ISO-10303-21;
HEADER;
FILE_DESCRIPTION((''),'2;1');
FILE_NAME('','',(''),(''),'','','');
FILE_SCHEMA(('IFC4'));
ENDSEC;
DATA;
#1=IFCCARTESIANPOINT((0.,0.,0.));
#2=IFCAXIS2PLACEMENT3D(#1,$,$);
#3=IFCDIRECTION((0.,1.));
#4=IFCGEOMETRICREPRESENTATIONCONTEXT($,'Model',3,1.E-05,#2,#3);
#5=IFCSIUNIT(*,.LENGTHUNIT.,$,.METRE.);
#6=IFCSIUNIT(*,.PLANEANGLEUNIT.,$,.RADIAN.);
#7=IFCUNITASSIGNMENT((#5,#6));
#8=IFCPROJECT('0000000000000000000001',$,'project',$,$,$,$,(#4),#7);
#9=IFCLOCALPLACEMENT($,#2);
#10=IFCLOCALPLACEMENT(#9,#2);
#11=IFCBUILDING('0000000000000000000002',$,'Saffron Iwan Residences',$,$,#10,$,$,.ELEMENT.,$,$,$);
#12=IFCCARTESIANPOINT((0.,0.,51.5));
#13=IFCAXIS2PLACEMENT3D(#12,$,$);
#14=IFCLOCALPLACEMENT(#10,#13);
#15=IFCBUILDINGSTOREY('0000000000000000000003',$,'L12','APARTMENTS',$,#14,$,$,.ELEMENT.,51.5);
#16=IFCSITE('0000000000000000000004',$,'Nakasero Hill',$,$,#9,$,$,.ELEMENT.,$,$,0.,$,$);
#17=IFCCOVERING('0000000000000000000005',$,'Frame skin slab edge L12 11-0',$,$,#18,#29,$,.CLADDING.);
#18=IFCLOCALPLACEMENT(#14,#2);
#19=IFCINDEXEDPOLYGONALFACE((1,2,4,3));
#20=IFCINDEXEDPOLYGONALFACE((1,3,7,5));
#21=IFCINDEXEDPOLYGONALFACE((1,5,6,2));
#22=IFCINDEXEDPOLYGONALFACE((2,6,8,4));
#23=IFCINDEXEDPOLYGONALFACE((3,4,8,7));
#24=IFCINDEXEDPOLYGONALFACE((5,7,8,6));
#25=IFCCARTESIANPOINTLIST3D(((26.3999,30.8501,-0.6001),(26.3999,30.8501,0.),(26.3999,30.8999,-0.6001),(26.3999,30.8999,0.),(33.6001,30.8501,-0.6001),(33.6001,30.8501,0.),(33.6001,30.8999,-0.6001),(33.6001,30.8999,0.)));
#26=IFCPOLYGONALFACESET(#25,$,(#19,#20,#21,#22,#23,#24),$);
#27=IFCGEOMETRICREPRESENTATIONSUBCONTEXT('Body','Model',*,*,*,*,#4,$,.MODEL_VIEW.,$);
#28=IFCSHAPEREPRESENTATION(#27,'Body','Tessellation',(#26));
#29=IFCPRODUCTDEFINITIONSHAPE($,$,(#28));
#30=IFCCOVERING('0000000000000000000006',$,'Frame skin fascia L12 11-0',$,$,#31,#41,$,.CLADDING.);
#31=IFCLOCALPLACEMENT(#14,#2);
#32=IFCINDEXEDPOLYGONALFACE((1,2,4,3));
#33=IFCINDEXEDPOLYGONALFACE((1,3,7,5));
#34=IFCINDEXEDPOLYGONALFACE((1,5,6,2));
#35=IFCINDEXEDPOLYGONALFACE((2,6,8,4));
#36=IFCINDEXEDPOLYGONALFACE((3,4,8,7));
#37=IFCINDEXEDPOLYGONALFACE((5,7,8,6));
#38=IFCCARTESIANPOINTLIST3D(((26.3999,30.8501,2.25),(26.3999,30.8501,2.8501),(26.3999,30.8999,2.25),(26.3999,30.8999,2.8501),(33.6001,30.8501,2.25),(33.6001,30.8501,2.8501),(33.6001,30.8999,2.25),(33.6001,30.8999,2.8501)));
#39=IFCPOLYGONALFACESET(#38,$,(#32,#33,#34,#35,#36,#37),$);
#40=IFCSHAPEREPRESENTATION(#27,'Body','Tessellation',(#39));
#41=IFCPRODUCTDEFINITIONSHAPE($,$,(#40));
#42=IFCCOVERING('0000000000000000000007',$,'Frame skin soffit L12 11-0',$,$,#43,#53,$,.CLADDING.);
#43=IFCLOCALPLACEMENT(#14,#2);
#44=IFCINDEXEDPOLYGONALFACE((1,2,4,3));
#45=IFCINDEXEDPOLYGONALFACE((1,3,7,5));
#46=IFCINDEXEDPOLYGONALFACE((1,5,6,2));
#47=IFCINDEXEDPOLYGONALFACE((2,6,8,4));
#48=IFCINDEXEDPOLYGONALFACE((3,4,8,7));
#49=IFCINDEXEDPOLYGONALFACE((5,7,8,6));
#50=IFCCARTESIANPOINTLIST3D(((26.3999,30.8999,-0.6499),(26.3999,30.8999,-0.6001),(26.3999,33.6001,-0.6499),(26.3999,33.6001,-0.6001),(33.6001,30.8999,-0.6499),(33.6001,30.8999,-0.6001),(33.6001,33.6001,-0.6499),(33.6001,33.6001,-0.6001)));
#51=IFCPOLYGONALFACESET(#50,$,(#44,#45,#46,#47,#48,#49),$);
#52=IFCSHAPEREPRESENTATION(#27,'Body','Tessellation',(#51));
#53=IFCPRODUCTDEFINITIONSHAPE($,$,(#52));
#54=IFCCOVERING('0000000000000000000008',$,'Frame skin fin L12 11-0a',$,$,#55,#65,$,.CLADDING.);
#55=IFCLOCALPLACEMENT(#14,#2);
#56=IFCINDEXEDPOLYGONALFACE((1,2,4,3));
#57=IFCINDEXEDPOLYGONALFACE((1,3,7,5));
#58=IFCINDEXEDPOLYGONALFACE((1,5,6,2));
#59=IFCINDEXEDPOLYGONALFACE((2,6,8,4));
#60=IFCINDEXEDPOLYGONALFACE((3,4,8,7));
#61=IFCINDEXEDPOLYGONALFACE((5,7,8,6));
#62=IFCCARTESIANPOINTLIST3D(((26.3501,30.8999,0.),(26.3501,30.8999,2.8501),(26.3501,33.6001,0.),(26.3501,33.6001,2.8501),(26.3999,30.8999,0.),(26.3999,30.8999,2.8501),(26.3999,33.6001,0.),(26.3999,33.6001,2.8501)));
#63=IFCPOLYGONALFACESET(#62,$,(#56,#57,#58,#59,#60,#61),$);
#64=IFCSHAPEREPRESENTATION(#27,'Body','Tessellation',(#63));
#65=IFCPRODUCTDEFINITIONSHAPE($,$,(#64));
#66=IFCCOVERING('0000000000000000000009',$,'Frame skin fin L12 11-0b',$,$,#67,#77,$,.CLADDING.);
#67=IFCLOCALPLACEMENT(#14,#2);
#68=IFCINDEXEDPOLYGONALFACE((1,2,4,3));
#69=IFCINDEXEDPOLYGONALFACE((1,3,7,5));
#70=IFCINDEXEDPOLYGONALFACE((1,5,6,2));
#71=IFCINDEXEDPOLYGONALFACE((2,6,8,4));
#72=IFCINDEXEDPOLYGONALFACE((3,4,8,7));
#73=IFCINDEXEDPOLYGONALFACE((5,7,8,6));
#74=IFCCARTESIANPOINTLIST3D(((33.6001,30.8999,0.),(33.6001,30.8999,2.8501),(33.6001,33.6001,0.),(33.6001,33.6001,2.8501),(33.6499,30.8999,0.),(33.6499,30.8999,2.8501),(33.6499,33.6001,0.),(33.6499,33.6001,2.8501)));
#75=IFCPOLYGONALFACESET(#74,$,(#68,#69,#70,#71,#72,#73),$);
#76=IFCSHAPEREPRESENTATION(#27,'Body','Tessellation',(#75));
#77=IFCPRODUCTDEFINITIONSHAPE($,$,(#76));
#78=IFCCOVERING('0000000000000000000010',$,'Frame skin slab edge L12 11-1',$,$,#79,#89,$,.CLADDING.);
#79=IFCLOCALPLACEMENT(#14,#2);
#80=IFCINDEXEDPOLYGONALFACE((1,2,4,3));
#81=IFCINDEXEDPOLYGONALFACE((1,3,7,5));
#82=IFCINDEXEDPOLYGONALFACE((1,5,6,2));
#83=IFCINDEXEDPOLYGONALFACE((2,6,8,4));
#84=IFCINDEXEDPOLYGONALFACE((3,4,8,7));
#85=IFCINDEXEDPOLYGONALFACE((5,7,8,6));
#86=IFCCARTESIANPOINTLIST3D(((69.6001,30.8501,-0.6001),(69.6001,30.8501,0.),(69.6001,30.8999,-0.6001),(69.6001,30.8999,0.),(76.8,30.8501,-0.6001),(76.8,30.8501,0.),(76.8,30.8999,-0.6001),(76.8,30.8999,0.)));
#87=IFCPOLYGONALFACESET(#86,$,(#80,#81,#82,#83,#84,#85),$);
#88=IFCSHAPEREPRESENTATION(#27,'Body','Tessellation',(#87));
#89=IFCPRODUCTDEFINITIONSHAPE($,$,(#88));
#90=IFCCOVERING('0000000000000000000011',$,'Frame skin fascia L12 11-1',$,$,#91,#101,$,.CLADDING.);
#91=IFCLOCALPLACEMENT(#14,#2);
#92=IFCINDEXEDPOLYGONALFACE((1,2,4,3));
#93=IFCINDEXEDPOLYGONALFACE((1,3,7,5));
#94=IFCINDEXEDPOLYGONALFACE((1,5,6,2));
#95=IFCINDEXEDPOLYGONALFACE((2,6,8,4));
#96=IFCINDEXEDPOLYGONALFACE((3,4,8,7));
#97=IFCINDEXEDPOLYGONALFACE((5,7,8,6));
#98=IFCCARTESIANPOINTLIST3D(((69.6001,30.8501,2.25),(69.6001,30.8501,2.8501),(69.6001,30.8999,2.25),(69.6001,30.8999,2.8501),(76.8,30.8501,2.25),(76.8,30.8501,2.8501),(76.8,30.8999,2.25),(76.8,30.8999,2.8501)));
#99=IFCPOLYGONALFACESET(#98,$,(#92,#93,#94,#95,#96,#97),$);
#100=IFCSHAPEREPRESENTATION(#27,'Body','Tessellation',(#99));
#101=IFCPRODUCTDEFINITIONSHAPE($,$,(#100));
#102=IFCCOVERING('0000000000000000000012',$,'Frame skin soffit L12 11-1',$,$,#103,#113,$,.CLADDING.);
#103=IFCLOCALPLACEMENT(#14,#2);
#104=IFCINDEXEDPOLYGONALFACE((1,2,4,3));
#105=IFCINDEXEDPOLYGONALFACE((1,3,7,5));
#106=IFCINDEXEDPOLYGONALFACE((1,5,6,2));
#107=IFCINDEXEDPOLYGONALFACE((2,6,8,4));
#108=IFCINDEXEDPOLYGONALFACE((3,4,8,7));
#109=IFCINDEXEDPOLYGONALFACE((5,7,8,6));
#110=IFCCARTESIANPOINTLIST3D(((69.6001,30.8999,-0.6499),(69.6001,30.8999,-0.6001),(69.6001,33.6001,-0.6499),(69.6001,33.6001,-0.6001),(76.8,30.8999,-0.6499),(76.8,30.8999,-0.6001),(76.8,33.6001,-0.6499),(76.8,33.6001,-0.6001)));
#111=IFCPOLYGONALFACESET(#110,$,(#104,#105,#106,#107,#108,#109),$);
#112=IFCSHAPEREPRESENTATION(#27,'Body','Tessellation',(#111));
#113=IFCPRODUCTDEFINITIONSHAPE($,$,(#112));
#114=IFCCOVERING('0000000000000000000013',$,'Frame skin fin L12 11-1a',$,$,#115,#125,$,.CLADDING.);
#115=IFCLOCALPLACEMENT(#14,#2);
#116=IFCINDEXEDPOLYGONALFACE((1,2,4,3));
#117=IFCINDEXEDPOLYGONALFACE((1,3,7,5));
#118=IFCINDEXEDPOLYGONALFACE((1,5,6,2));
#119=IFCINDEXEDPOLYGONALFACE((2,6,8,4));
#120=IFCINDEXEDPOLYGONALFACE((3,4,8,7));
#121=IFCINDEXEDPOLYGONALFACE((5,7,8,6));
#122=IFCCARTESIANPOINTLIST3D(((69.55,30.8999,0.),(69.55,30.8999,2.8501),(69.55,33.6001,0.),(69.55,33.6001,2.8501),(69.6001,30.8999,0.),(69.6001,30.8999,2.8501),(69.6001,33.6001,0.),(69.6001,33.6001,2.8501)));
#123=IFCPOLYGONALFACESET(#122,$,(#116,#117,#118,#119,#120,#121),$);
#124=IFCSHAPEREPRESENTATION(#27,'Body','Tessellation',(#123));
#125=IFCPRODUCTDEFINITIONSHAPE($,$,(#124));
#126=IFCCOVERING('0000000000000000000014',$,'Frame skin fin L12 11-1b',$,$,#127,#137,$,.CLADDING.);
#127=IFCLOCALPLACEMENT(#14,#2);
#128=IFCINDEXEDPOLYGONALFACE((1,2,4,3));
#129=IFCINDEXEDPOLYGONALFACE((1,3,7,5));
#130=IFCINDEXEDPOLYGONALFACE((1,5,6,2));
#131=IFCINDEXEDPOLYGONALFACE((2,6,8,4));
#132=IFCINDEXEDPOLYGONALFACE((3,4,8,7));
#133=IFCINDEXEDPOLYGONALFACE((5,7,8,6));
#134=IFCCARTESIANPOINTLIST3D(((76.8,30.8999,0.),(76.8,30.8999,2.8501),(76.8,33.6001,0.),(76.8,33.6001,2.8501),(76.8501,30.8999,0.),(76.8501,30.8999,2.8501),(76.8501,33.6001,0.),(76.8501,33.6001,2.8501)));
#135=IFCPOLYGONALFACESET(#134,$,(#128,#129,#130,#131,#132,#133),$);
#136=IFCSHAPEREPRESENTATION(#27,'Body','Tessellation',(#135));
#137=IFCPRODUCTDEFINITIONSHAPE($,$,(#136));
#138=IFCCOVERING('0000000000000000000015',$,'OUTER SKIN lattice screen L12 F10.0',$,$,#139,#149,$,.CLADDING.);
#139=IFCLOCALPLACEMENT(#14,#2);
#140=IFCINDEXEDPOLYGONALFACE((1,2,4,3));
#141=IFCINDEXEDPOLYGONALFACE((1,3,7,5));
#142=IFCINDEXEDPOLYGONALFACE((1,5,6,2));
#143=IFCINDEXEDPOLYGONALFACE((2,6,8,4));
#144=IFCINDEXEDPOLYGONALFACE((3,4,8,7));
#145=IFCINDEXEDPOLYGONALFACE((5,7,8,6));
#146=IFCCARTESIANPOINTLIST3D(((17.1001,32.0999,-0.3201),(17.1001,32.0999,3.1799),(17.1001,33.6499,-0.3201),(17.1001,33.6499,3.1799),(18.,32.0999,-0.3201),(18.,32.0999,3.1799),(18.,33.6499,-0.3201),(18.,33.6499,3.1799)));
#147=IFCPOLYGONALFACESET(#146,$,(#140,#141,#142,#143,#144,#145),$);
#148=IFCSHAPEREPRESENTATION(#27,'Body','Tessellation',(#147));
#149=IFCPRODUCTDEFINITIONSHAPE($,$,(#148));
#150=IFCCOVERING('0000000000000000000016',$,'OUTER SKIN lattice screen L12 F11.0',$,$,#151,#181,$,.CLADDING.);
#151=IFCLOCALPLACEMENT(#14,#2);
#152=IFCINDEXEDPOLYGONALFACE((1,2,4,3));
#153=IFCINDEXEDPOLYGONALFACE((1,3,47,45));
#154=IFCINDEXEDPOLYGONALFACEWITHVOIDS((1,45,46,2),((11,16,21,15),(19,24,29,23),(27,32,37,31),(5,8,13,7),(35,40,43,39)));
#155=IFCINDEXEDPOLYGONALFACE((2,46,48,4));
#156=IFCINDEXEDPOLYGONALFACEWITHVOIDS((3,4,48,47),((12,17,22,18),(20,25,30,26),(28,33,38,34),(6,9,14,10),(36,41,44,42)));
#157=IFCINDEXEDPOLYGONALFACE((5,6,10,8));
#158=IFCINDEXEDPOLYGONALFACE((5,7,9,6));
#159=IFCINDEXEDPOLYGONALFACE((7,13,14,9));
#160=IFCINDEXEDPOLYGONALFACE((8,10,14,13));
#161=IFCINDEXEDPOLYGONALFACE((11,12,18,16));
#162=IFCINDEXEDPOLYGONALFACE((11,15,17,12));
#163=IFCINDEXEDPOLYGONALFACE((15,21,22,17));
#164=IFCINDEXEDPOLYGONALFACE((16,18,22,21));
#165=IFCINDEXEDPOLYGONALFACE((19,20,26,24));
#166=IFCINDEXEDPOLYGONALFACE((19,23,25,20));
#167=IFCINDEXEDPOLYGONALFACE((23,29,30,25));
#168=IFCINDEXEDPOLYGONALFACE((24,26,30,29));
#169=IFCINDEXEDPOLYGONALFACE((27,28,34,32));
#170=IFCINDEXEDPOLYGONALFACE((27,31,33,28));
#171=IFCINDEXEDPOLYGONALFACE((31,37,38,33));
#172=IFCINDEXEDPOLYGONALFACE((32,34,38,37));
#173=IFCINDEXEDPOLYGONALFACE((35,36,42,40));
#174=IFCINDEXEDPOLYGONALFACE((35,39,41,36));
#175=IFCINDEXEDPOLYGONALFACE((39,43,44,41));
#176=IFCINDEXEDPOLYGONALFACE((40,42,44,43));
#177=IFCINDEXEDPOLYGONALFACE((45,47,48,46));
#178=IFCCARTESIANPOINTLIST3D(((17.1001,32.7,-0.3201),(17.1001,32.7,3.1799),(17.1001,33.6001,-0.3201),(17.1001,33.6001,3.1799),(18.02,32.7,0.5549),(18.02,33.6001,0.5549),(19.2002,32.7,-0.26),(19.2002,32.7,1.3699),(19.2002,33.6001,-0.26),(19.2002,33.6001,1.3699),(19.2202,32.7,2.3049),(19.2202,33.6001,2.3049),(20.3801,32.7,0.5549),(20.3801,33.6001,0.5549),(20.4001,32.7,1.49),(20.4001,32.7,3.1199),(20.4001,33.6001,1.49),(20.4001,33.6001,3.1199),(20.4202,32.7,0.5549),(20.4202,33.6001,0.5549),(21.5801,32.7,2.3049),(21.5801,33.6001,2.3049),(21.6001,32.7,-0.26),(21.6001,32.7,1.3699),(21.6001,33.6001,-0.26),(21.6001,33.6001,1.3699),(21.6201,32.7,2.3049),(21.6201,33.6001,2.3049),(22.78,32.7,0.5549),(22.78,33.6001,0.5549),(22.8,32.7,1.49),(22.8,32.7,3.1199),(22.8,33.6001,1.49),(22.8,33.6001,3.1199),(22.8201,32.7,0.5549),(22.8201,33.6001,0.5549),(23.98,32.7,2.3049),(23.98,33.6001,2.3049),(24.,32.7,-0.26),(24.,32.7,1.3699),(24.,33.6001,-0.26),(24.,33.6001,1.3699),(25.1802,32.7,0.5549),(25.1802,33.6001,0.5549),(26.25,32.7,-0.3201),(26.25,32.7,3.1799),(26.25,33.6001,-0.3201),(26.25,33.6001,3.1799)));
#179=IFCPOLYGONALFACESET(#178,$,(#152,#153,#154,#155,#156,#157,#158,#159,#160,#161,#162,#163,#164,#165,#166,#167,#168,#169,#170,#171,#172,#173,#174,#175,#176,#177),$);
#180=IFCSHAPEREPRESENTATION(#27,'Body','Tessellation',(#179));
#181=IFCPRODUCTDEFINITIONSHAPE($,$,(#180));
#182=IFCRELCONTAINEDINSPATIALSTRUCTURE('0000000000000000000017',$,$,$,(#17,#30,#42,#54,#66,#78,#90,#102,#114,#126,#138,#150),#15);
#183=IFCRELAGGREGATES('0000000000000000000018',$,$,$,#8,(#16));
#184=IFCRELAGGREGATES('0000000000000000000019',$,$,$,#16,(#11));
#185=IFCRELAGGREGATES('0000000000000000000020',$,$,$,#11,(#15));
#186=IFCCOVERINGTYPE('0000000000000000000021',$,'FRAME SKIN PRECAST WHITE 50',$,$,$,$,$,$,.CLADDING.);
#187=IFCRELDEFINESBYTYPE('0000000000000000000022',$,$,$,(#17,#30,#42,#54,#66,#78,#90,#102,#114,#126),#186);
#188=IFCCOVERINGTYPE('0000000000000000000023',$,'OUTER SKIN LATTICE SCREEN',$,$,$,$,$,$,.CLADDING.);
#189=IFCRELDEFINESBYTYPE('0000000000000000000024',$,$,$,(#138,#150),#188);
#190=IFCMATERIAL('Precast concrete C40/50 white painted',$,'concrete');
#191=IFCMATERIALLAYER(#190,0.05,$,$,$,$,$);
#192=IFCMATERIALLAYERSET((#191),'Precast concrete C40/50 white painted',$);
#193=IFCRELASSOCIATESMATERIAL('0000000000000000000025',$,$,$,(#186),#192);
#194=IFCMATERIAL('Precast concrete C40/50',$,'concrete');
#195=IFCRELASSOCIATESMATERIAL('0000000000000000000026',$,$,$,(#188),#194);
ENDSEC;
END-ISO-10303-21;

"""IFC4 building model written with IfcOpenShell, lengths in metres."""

from ifc_helpers import new_model, si_unit, direction, frame, origin, place, context, subcontext, project, spatial, polyline, outline, extrude, material, layer, layer_set, type_object, element, save


model = new_model("IFC4")

# Units and contexts
model_context = context("Model", 3, precision=1e-05, world=origin(), true_north=direction((0.0, 1.0)))
body_context = subcontext(model_context, "Body", "Model", "MODEL_VIEW")
ifc_project = project(units=[si_unit("LENGTHUNIT", "METRE"), si_unit("PLANEANGLEUNIT", "RADIAN")], contexts=[model_context])

# Site, building, storey
site_placement = place(None, origin())
site = spatial("IfcSite", under=ifc_project, at=site_placement, Name="Nakasero Hill", CompositionType="ELEMENT", RefElevation=0.0)
building_placement = place(site_placement, origin())
building = spatial("IfcBuilding", under=site, at=building_placement, Name="Saffron Iwan Residences", CompositionType="ELEMENT")
storey_placement = place(building_placement, frame((0.0, 0.0, 51.5)))
storey = spatial("IfcBuildingStorey", under=building, at=storey_placement, Name="L12", Description="APARTMENTS", CompositionType="ELEMENT", Elevation=51.5)

# Coverings
ifc_material_1 = material(Name="Precast concrete C40/50 white painted", Category="concrete")
ifc_layer_1 = layer(ifc_material_1, 0.05)
ifc_layer_set_1 = layer_set([ifc_layer_1], Name="Precast concrete C40/50 white painted")
covering_type_1 = type_object("IfcCoveringType", Name="FRAME SKIN PRECAST WHITE 50", PredefinedType="CLADDING", material=ifc_layer_set_1)
for number, where, name in (
    (1, (0.0, 0.0, -0.6001), "Frame skin slab edge L12 11-0"),
    (2, (0.0, 0.0, 2.25), "Frame skin fascia L12 11-0"),
):
    element("IfcCovering", number, at=place(storey_placement, frame(where)), inside=storey, type_object=covering_type_1, Name=name, PredefinedType="CLADDING", context=body_context, shape_type="SweptSolid", body=[
        extrude(outline(polyline([(26.3999, 30.8501), (33.6001, 30.8501), (33.6001, 30.8999), (26.3999, 30.8999), (26.3999, 30.8501)])), origin(), (0.0, 0.0, 1.0), 0.6001),
    ])
covering_1_placement = place(storey_placement, frame((0.0, 0.0, -0.6499)))
element("IfcCovering", 3, at=covering_1_placement, inside=storey, type_object=covering_type_1, Name="Frame skin soffit L12 11-0", PredefinedType="CLADDING", context=body_context, shape_type="SweptSolid", body=[
    extrude(outline(polyline([(26.3999, 30.8999), (33.6001, 30.8999), (33.6001, 33.6001), (26.3999, 33.6001), (26.3999, 30.8999)])), origin(), (0.0, 0.0, 1.0), 0.0498),
])
covering_2_placement = place(storey_placement, origin())
element("IfcCovering", 4, at=covering_2_placement, inside=storey, type_object=covering_type_1, Name="Frame skin fin L12 11-0a", PredefinedType="CLADDING", context=body_context, shape_type="SweptSolid", body=[
    extrude(outline(polyline([(26.3501, 30.8999), (26.3999, 30.8999), (26.3999, 33.6001), (26.3501, 33.6001), (26.3501, 30.8999)])), origin(), (0.0, 0.0, 1.0), 2.8501),
])
covering_3_placement = place(storey_placement, origin())
element("IfcCovering", 5, at=covering_3_placement, inside=storey, type_object=covering_type_1, Name="Frame skin fin L12 11-0b", PredefinedType="CLADDING", context=body_context, shape_type="SweptSolid", body=[
    extrude(outline(polyline([(33.6001, 30.8999), (33.6499, 30.8999), (33.6499, 33.6001), (33.6001, 33.6001), (33.6001, 30.8999)])), origin(), (0.0, 0.0, 1.0), 2.8501),
])
for number, where, name in (
    (6, (0.0, 0.0, -0.6001), "Frame skin slab edge L12 11-1"),
    (7, (0.0, 0.0, 2.25), "Frame skin fascia L12 11-1"),
):
    element("IfcCovering", number, at=place(storey_placement, frame(where)), inside=storey, type_object=covering_type_1, Name=name, PredefinedType="CLADDING", context=body_context, shape_type="SweptSolid", body=[
        extrude(outline(polyline([(69.6001, 30.8501), (76.8, 30.8501), (76.8, 30.8999), (69.6001, 30.8999), (69.6001, 30.8501)])), origin(), (0.0, 0.0, 1.0), 0.6001),
    ])
covering_4_placement = place(storey_placement, frame((0.0, 0.0, -0.6499)))
element("IfcCovering", 8, at=covering_4_placement, inside=storey, type_object=covering_type_1, Name="Frame skin soffit L12 11-1", PredefinedType="CLADDING", context=body_context, shape_type="SweptSolid", body=[
    extrude(outline(polyline([(69.6001, 30.8999), (76.8, 30.8999), (76.8, 33.6001), (69.6001, 33.6001), (69.6001, 30.8999)])), origin(), (0.0, 0.0, 1.0), 0.0498),
])
covering_5_placement = place(storey_placement, origin())
element("IfcCovering", 9, at=covering_5_placement, inside=storey, type_object=covering_type_1, Name="Frame skin fin L12 11-1a", PredefinedType="CLADDING", context=body_context, shape_type="SweptSolid", body=[
    extrude(outline(polyline([(69.55, 30.8999), (69.6001, 30.8999), (69.6001, 33.6001), (69.55, 33.6001), (69.55, 30.8999)])), origin(), (0.0, 0.0, 1.0), 2.8501),
])
covering_6_placement = place(storey_placement, origin())
element("IfcCovering", 10, at=covering_6_placement, inside=storey, type_object=covering_type_1, Name="Frame skin fin L12 11-1b", PredefinedType="CLADDING", context=body_context, shape_type="SweptSolid", body=[
    extrude(outline(polyline([(76.8, 30.8999), (76.8501, 30.8999), (76.8501, 33.6001), (76.8, 33.6001), (76.8, 30.8999)])), origin(), (0.0, 0.0, 1.0), 2.8501),
])
ifc_material_2 = material(Name="Precast concrete C40/50", Category="concrete")
covering_type_2 = type_object("IfcCoveringType", Name="OUTER SKIN LATTICE SCREEN", PredefinedType="CLADDING", material=ifc_material_2)
covering_7_placement = place(storey_placement, frame((18.0, 33.6499, -0.3201), z_axis=(-1.0, 0.0, 0.0), x_axis=(0.0, -1.0, 0.0)))
element("IfcCovering", 11, at=covering_7_placement, inside=storey, type_object=covering_type_2, Name="OUTER SKIN lattice screen L12 F10.0", PredefinedType="CLADDING", context=body_context, shape_type="SweptSolid", body=[
    extrude(outline(polyline([(0.0, 0.0), (1.55, 0.0), (1.55, 3.5), (0.0, 3.5), (0.0, 0.0)])), origin(), (0.0, 0.0, 1.0), 0.8999),
])
covering_8_placement = place(storey_placement, frame((17.1001, 33.6001, -0.3201), z_axis=(0.0, -1.0, 0.0), x_axis=(1.0, 0.0, 0.0)))
element("IfcCovering", 12, at=covering_8_placement, inside=storey, type_object=covering_type_2, Name="OUTER SKIN lattice screen L12 F11.0", PredefinedType="CLADDING", context=body_context, shape_type="SweptSolid", body=[
    extrude(outline(polyline([(0.0, 0.0), (9.1499, 0.0), (9.1499, 3.5), (0.0, 3.5), (0.0, 0.0)]), holes=[polyline([(0.9199, 0.875), (2.1001, 0.0601), (3.28, 0.875), (2.1001, 1.6899), (0.9199, 0.875)]), polyline([(3.3201, 0.875), (4.5, 0.0601), (5.6799, 0.875), (4.5, 1.6899), (3.3201, 0.875)]), polyline([(5.72, 0.875), (6.8999, 0.0601), (8.0801, 0.875), (6.8999, 1.6899), (5.72, 0.875)]), polyline([(2.1201, 2.625), (3.3, 1.8101), (4.48, 2.625), (3.3, 3.4399), (2.1201, 2.625)]), polyline([(4.52, 2.625), (5.7, 1.8101), (6.8799, 2.625), (5.7, 3.4399), (4.52, 2.625)])]), origin(), (0.0, 0.0, 1.0), 0.9001),
])

save(model, "model.ifc")
